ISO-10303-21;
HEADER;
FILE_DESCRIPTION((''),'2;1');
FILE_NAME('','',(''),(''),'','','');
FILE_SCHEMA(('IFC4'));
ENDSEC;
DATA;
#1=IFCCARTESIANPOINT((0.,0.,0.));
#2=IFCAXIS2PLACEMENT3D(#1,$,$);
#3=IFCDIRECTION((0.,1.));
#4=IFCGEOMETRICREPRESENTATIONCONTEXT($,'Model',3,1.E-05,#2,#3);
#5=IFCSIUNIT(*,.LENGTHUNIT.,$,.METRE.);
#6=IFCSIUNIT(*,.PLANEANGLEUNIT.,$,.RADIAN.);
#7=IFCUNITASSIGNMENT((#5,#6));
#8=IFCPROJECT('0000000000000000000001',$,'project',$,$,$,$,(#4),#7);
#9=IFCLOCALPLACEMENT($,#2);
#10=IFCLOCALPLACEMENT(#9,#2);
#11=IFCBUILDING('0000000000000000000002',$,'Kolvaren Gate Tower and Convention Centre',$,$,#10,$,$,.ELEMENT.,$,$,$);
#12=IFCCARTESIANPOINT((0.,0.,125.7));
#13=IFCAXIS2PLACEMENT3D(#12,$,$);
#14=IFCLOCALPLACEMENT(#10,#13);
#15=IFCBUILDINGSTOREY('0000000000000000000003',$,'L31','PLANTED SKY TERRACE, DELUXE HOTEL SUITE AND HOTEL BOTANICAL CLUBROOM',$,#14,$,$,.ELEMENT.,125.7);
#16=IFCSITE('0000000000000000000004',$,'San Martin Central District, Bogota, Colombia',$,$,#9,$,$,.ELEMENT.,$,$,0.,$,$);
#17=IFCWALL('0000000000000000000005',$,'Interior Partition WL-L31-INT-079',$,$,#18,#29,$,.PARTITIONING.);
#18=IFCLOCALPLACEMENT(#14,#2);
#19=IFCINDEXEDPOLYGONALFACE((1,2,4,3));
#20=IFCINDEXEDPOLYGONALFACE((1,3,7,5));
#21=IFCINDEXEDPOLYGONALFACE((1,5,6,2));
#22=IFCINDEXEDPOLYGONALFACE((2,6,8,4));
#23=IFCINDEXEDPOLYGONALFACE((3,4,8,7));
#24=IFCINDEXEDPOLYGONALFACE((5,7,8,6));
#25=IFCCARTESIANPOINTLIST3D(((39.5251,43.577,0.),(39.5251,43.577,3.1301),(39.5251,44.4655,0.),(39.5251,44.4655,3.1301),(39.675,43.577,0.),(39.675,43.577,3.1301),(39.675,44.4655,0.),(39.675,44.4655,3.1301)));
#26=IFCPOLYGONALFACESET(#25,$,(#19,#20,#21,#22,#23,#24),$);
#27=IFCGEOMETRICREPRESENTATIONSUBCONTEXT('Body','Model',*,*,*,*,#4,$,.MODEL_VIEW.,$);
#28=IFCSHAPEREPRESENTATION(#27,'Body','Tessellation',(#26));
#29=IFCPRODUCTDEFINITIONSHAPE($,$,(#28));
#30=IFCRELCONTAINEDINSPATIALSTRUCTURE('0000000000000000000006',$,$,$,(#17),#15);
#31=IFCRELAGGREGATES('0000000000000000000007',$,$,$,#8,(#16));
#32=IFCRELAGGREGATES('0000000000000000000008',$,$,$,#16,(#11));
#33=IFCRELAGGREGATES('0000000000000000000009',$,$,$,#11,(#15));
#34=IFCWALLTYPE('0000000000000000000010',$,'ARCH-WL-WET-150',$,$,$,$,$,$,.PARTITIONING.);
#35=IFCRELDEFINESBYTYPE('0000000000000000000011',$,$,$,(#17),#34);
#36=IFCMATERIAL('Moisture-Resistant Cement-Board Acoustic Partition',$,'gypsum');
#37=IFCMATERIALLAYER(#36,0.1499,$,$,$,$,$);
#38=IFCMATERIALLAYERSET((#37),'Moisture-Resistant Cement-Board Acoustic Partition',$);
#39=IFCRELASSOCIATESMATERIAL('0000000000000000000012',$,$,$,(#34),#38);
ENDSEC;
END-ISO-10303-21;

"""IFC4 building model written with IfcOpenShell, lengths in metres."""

from ifc_helpers import new_model, si_unit, direction, frame, frame_2d, origin, place, context, subcontext, project, spatial, rectangle, extrude, material, layer, layer_set, type_object, element, save


model = new_model("IFC4")

# Units and contexts
model_context = context("Model", 3, precision=1e-05, world=origin(), true_north=direction((0.0, 1.0)))
body_context = subcontext(model_context, "Body", "Model", "MODEL_VIEW")
ifc_project = project(units=[si_unit("LENGTHUNIT", "METRE"), si_unit("PLANEANGLEUNIT", "RADIAN")], contexts=[model_context])

# Site, building, storey
site_placement = place(None, origin())
site = spatial("IfcSite", under=ifc_project, at=site_placement, Name="San Martin Central District, Bogota, Colombia", CompositionType="ELEMENT", RefElevation=0.0)
building_placement = place(site_placement, origin())
building = spatial("IfcBuilding", under=site, at=building_placement, Name="Kolvaren Gate Tower and Convention Centre", CompositionType="ELEMENT")
storey_placement = place(building_placement, frame((0.0, 0.0, 125.7)))
storey = spatial("IfcBuildingStorey", under=building, at=storey_placement, Name="L31", Description="PLANTED SKY TERRACE, DELUXE HOTEL SUITE AND HOTEL BOTANICAL CLUBROOM", CompositionType="ELEMENT", Elevation=125.7)

# Wall
ifc_material_1 = material(Name="Moisture-Resistant Cement-Board Acoustic Partition", Category="gypsum")
ifc_layer_1 = layer(ifc_material_1, 0.1499)
ifc_layer_set_1 = layer_set([ifc_layer_1], Name="Moisture-Resistant Cement-Board Acoustic Partition")
wall_type_1 = type_object("IfcWallType", Name="ARCH-WL-WET-150", PredefinedType="PARTITIONING", material=ifc_layer_set_1)
wall_1_placement = place(storey_placement, frame((39.6001, 43.5769, 0.0), z_axis=(0.0, 0.0, 1.0), x_axis=(0.0, 1.0, 0.0)))
element("IfcWall", 1, at=wall_1_placement, inside=storey, type_object=wall_type_1, Name="Interior Partition WL-L31-INT-079", PredefinedType="PARTITIONING", context=body_context, shape_type="SweptSolid", body=[
    extrude(rectangle(XDim=0.8884, YDim=0.1499, at=frame_2d((0.4443, 0.0))), origin(), (0.0, 0.0, 1.0), 3.1301),
])

save(model, "model.ifc")
